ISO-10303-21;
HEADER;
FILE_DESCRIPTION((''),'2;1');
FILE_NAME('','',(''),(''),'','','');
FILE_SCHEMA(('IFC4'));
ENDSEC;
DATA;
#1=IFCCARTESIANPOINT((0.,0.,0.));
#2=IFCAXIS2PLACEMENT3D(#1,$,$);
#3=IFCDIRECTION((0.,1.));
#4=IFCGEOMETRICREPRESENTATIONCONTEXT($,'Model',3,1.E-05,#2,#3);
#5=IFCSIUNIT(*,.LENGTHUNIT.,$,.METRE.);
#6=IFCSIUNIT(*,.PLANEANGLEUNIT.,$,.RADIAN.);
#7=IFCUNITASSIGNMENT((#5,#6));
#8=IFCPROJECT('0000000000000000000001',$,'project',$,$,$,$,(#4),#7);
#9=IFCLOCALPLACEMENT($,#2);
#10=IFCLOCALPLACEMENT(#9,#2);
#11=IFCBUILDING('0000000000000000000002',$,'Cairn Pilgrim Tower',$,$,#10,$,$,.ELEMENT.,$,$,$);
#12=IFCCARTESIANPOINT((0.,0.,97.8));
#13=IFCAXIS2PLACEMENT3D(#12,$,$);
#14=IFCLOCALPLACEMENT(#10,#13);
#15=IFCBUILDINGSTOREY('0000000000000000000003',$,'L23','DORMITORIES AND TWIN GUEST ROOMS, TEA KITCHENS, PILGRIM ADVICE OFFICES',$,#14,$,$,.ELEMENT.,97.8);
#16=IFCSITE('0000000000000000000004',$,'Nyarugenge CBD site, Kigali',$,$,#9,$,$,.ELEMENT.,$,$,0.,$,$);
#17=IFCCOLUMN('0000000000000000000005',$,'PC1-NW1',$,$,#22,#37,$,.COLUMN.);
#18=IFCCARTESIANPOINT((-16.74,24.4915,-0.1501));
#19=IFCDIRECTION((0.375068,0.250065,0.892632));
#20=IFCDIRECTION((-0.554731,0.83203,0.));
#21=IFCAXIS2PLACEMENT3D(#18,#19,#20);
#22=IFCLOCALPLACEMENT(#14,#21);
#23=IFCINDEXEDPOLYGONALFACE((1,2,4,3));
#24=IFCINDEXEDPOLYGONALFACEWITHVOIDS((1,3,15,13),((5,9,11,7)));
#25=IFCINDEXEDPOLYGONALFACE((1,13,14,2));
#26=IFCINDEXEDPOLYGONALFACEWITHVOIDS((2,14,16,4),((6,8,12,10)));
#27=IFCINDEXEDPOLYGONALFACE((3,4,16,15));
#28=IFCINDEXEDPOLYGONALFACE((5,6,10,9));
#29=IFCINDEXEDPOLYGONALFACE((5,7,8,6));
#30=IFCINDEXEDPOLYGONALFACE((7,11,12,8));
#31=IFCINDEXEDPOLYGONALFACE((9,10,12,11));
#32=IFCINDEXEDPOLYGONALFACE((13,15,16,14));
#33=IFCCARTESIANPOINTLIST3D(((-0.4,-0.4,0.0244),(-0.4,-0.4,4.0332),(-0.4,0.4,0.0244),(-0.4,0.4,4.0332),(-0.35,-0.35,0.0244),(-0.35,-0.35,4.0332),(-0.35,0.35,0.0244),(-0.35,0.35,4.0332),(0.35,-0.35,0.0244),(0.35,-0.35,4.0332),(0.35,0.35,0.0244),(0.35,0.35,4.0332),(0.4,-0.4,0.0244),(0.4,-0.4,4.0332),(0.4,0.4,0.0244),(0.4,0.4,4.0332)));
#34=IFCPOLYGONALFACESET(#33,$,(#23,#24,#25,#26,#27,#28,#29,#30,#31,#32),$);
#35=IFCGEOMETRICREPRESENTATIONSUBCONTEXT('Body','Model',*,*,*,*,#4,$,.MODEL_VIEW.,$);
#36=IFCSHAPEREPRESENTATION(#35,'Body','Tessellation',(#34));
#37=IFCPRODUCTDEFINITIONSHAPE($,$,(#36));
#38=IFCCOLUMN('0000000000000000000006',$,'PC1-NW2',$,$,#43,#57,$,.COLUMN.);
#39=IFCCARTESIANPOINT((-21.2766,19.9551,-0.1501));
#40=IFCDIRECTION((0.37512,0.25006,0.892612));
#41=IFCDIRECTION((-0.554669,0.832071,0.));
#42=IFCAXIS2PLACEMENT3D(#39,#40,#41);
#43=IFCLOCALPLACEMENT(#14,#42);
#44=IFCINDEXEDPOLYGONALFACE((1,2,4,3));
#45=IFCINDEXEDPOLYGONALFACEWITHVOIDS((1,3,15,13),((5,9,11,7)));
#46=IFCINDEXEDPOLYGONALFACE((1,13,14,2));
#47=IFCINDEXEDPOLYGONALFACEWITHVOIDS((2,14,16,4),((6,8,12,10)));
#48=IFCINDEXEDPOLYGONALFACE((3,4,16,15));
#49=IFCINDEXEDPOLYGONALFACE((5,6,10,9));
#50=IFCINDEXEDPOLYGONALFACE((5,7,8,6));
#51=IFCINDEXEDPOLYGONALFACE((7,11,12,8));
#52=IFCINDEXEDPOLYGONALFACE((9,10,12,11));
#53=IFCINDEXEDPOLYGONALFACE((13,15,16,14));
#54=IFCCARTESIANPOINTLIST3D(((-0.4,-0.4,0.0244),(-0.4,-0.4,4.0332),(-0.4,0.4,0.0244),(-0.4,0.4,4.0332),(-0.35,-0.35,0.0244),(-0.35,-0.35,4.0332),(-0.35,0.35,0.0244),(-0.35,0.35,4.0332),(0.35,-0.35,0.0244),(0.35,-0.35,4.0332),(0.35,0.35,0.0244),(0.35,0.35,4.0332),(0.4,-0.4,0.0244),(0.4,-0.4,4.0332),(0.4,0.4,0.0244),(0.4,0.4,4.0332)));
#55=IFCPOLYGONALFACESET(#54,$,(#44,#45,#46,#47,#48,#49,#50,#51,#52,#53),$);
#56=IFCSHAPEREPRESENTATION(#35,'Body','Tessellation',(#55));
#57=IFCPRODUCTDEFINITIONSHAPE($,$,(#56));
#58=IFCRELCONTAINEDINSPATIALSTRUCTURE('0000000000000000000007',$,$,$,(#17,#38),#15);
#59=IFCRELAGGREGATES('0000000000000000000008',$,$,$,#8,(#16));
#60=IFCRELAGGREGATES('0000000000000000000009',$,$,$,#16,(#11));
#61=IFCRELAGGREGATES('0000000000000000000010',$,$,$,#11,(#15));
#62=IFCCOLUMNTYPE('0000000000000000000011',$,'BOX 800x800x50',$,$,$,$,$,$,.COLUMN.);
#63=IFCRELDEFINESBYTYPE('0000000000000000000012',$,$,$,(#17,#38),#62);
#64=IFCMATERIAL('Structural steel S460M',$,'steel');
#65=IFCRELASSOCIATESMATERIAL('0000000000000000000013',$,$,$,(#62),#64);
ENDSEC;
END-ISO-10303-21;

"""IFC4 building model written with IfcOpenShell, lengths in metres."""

from ifc_helpers import new_model, si_unit, direction, frame, origin, origin_2d, place, context, subcontext, project, spatial, hollow_rectangle, extrude, clip, halfspace, material, material_profile, profile_set, type_object, element, save


model = new_model("IFC4")

# Units and contexts
model_context = context("Model", 3, precision=1e-05, world=origin(), true_north=direction((0.0, 1.0)))
body_context = subcontext(model_context, "Body", "Model", "MODEL_VIEW")
ifc_project = project(units=[si_unit("LENGTHUNIT", "METRE"), si_unit("PLANEANGLEUNIT", "RADIAN")], contexts=[model_context])

# Site, building, storey
site_placement = place(None, origin())
site = spatial("IfcSite", under=ifc_project, at=site_placement, Name="Nyarugenge CBD site, Kigali", CompositionType="ELEMENT", RefElevation=0.0)
building_placement = place(site_placement, origin())
building = spatial("IfcBuilding", under=site, at=building_placement, Name="Cairn Pilgrim Tower", CompositionType="ELEMENT")
storey_placement = place(building_placement, frame((0.0, 0.0, 97.8)))
storey = spatial("IfcBuildingStorey", under=building, at=storey_placement, Name="L23", Description="DORMITORIES AND TWIN GUEST ROOMS, TEA KITCHENS, PILGRIM ADVICE OFFICES", CompositionType="ELEMENT", Elevation=97.8)

# Columns
ifc_material_1 = material(Name="Structural steel S460M", Category="steel")
ifc_material_profile_1 = material_profile(ifc_material_1, hollow_rectangle(XDim=0.8, YDim=0.8, WallThickness=0.05, at=origin_2d()), Name="BOX 800x800x50")
ifc_profile_set_1 = profile_set([ifc_material_profile_1], Name="Structural steel S460M")
column_type = type_object("IfcColumnType", Name="BOX 800x800x50", PredefinedType="COLUMN", material=ifc_profile_set_1)
for number, where, z_axis, x_axis, name in (
    (1, (-16.74, 24.4915, -0.1501), (0.375068, 0.250065, 0.892632), (-0.554731, 0.83203, 0.0), "PC1-NW1"),
    (2, (-21.2766, 19.9551, -0.1501), (0.37512, 0.25006, 0.892612), (-0.554669, 0.832071, 0.0), "PC1-NW2"),
):
    element("IfcColumn", number, at=place(storey_placement, frame(where, z_axis=z_axis, x_axis=x_axis)), inside=storey, type_object=column_type, Name=name, PredefinedType="COLUMN", context=body_context, shape_type="Clipping", body=[
        clip(extrude(hollow_rectangle(XDim=0.8, YDim=0.8, WallThickness=0.05, at=origin_2d()), origin(), (0.0, 0.0, 1.0), 4.0332), halfspace(frame((0.0, 0.0, 0.0244), z_axis=(0.0, 0.0, 1.0), x_axis=(1.0, 0.0, 0.0)), True)),
    ])

save(model, "model.ifc")
